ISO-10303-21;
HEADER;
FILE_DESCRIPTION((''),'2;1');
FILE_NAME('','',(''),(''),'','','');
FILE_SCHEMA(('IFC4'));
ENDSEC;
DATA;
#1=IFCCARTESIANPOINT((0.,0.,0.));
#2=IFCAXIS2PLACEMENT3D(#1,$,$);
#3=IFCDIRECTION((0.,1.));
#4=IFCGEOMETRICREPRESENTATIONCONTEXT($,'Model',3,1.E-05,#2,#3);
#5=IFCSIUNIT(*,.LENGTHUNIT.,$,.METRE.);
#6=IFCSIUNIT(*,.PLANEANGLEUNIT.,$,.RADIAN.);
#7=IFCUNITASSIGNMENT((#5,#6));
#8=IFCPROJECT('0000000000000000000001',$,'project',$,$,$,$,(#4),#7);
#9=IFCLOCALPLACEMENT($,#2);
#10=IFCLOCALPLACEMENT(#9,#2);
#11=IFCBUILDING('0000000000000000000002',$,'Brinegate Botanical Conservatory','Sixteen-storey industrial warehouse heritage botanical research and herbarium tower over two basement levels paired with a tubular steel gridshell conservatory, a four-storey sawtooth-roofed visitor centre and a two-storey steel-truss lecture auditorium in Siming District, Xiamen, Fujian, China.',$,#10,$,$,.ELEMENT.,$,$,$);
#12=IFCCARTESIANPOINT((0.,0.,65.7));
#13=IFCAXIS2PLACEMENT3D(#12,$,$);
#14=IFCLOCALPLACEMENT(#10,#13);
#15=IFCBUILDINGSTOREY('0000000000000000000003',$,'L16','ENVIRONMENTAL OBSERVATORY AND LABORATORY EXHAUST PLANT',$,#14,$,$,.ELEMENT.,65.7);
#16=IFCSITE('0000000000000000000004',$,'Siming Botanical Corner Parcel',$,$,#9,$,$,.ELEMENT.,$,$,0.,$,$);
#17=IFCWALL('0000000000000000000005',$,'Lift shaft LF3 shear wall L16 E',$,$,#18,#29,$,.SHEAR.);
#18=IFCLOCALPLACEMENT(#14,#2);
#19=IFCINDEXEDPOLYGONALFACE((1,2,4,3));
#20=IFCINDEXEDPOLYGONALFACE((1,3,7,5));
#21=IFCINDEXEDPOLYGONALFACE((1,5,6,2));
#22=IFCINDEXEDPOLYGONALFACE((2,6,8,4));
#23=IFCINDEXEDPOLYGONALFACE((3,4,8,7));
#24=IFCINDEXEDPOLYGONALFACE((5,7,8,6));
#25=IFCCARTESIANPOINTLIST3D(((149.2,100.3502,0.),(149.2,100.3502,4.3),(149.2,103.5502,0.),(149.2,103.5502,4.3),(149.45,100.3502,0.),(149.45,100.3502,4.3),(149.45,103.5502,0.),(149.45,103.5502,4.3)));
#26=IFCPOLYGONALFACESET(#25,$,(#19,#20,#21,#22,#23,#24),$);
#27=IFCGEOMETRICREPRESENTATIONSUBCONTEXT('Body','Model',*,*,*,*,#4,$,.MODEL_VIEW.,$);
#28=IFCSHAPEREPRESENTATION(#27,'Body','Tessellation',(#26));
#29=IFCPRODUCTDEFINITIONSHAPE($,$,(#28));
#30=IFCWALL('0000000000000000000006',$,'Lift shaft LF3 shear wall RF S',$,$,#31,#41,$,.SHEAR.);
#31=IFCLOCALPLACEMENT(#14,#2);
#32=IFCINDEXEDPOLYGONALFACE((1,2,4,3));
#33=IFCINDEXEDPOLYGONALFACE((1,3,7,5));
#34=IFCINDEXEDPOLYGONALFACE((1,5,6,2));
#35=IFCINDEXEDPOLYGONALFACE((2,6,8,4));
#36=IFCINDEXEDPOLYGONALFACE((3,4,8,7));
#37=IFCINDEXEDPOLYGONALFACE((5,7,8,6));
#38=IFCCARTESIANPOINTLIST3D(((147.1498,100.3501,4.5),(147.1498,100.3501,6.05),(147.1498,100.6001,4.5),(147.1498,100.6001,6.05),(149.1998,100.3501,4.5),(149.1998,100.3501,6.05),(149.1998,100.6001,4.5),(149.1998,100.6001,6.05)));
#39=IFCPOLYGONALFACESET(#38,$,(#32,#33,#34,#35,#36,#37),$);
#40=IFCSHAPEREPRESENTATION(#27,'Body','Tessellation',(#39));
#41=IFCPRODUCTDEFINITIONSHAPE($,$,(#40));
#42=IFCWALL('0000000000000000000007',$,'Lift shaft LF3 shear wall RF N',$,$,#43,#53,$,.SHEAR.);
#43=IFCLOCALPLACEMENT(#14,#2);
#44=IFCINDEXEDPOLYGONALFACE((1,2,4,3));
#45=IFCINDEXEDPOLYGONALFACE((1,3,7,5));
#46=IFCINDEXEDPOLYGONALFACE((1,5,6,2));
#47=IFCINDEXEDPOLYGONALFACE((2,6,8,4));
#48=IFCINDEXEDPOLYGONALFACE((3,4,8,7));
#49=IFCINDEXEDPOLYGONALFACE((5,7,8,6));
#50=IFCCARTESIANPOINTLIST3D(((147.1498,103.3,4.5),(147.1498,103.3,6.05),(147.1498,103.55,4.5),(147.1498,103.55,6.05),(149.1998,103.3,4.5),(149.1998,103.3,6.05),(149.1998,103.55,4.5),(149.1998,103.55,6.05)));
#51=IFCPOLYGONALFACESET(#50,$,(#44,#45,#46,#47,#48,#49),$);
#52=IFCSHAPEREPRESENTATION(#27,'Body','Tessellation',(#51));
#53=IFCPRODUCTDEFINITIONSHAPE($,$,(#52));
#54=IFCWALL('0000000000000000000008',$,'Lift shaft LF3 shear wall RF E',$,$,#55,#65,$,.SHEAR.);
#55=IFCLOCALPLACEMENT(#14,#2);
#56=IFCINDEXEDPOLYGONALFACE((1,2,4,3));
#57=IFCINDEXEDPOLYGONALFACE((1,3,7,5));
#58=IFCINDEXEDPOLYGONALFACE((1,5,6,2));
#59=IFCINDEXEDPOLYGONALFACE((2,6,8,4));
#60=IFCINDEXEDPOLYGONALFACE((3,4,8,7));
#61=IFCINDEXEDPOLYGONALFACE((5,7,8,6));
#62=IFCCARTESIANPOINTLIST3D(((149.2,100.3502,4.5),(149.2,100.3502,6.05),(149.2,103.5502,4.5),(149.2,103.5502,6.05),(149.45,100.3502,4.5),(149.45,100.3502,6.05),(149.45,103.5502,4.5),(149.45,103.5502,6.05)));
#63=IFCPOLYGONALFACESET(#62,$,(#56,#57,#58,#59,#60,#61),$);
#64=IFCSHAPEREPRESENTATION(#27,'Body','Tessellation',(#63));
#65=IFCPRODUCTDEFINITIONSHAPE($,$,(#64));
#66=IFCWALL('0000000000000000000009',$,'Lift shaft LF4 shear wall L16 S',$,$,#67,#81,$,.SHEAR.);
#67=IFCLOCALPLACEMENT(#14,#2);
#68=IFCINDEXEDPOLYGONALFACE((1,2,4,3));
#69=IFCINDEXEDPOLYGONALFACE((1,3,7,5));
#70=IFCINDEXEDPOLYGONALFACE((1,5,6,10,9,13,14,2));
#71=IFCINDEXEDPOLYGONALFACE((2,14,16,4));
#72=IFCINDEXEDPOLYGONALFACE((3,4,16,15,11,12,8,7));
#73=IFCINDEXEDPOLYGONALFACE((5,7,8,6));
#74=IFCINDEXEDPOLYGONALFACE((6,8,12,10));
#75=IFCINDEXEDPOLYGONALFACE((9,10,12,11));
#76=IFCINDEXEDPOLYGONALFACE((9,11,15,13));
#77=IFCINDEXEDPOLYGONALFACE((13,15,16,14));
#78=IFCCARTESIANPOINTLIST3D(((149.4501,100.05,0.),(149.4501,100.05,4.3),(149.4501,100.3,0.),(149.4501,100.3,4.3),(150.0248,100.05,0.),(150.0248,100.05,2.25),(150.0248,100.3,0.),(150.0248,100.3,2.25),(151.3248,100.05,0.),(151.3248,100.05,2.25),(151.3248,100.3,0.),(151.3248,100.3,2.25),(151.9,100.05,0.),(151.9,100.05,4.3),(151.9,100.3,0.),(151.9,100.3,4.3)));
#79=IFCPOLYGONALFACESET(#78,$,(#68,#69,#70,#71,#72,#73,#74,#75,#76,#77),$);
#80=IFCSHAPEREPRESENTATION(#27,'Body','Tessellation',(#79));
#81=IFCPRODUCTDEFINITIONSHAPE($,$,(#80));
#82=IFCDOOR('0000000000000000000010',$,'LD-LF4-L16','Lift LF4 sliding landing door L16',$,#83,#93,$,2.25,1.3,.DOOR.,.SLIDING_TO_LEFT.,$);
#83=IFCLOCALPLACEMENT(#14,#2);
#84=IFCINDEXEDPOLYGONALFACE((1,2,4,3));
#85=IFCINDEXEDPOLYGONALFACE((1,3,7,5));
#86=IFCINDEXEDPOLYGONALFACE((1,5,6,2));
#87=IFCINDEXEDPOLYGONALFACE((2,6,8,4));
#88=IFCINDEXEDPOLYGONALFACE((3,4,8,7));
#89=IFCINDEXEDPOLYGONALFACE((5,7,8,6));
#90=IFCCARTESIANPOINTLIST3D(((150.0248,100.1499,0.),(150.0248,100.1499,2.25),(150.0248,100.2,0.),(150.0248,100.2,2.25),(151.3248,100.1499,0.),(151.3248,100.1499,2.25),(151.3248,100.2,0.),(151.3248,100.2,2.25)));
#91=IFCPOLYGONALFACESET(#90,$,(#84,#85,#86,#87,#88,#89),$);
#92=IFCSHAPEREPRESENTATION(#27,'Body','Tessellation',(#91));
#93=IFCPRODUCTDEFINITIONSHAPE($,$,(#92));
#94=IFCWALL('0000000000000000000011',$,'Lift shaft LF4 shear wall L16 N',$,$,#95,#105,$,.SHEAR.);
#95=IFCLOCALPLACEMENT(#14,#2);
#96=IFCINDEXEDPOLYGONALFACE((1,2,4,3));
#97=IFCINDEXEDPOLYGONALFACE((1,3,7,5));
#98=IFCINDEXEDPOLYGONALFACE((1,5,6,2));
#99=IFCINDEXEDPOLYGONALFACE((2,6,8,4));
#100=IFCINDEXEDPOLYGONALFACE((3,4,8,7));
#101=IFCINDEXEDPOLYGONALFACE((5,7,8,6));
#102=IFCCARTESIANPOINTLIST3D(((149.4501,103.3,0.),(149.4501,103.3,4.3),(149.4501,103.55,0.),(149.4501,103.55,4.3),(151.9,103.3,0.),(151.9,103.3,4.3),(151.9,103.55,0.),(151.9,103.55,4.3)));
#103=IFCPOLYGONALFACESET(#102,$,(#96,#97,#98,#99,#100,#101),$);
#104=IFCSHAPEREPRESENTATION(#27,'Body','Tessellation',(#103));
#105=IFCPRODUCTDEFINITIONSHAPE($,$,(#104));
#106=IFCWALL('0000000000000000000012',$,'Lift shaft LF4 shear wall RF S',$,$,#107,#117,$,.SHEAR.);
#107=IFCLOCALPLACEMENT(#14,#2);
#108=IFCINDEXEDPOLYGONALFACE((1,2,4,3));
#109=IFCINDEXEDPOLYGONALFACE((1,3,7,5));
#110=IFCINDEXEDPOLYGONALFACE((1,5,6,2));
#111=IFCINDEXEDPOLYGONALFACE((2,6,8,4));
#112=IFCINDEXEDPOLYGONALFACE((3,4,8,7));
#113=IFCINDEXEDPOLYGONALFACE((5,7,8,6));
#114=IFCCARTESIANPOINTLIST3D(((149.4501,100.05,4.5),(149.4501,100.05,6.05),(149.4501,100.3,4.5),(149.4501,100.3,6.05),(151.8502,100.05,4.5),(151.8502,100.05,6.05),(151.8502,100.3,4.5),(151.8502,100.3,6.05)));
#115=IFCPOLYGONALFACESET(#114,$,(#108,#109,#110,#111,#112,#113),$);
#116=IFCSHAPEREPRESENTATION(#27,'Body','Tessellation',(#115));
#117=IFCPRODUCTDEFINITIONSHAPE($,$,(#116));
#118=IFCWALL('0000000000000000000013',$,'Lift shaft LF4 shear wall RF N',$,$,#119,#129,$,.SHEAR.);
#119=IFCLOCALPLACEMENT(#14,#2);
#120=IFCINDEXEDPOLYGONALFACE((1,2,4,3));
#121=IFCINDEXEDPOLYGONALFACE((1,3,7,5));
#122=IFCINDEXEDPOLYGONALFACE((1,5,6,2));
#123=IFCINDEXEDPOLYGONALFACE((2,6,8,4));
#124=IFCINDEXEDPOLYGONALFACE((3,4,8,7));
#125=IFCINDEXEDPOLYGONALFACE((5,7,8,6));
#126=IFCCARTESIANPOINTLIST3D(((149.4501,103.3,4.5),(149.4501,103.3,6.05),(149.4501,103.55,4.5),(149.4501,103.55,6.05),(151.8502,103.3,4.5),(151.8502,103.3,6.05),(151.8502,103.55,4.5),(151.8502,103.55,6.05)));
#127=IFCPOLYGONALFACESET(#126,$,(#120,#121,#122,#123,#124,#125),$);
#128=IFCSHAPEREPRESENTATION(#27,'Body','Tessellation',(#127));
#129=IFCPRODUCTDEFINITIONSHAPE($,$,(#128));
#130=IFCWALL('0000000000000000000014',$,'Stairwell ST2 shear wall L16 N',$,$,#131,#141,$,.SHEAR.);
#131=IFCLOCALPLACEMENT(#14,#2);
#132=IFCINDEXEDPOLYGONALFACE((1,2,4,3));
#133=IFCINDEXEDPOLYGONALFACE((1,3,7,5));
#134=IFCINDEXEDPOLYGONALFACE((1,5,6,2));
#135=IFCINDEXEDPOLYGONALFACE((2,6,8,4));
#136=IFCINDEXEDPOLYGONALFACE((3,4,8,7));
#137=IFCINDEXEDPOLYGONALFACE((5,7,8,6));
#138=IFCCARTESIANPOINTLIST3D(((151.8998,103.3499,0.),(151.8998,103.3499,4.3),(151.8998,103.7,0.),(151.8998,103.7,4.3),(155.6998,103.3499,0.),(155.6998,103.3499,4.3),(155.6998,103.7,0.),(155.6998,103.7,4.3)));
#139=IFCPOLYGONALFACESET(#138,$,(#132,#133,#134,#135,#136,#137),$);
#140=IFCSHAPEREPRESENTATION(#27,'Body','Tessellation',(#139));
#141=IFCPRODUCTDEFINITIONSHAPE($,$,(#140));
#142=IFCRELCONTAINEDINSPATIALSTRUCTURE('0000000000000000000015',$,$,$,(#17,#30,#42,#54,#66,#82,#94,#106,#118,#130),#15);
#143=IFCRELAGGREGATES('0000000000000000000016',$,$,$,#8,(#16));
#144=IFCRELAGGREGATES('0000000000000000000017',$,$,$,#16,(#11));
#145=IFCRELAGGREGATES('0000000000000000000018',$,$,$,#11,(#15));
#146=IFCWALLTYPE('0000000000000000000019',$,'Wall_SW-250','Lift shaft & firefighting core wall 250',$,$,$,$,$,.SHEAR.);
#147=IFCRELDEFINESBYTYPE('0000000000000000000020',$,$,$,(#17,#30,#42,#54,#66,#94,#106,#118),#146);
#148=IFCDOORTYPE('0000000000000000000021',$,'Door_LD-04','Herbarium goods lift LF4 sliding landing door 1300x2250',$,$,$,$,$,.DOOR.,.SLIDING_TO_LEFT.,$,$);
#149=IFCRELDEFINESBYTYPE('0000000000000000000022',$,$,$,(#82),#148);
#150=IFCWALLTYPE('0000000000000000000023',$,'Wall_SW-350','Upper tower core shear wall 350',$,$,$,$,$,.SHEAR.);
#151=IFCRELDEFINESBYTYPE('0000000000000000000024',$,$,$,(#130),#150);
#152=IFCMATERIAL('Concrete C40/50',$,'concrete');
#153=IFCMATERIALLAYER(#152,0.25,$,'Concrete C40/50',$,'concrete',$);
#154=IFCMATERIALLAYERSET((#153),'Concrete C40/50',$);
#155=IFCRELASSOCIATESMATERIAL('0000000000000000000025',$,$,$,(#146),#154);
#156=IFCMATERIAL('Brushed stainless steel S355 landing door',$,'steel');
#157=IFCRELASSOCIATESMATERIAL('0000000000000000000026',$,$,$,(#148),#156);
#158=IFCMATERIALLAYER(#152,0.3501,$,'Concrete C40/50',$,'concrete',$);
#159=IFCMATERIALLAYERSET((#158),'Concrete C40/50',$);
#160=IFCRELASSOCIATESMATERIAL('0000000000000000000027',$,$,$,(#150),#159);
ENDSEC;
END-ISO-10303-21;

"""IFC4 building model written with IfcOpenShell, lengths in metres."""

from ifc_helpers import new_model, si_unit, direction, frame, frame_2d, origin, place, context, subcontext, project, spatial, rectangle, extrude, material, layer, layer_set, type_object, element, fill, save


model = new_model("IFC4")

# Units and contexts
model_context = context("Model", 3, precision=1e-05, world=origin(), true_north=direction((0.0, 1.0)))
body_context = subcontext(model_context, "Body", "Model", "MODEL_VIEW")
ifc_project = project(units=[si_unit("LENGTHUNIT", "METRE"), si_unit("PLANEANGLEUNIT", "RADIAN")], contexts=[model_context])

# Site, building, storey
site_placement = place(None, origin())
site = spatial("IfcSite", under=ifc_project, at=site_placement, Name="Siming Botanical Corner Parcel", CompositionType="ELEMENT", RefElevation=0.0)
building_placement = place(site_placement, origin())
building = spatial("IfcBuilding", under=site, at=building_placement, Name="Brinegate Botanical Conservatory", Description="Sixteen-storey industrial warehouse heritage botanical research and herbarium tower over two basement levels paired with a tubular steel gridshell conservatory, a four-storey sawtooth-roofed visitor centre and a two-storey steel-truss lecture auditorium in Siming District, Xiamen, Fujian, China.", CompositionType="ELEMENT")
storey_placement = place(building_placement, frame((0.0, 0.0, 65.7)))
storey = spatial("IfcBuildingStorey", under=building, at=storey_placement, Name="L16", Description="ENVIRONMENTAL OBSERVATORY AND LABORATORY EXHAUST PLANT", CompositionType="ELEMENT", Elevation=65.7)

# Shared definitions
ifc_material_1 = material(Name="Concrete C40/50", Category="concrete")

# Shared definitions
ifc_layer_1 = layer(ifc_material_1, 0.25, Name="Concrete C40/50", Category="concrete")
ifc_layer_set_1 = layer_set([ifc_layer_1], Name="Concrete C40/50")
wall_type_1 = type_object("IfcWallType", Name="Wall_SW-250", Description="Lift shaft & firefighting core wall 250", PredefinedType="SHEAR", material=ifc_layer_set_1)

# Shared definitions
ifc_material_2 = material(Name="Brushed stainless steel S355 landing door", Category="steel")

# Walls
wall_1_placement = place(storey_placement, frame((149.325, 100.3501, 0.0), z_axis=(0.0, 0.0, 1.0), x_axis=(0.0, 1.0, 0.0)))
element("IfcWall", 1, at=wall_1_placement, inside=storey, type_object=wall_type_1, Name="Lift shaft LF3 shear wall L16 E", PredefinedType="SHEAR", context=body_context, shape_type="SweptSolid", body=[
    extrude(rectangle(XDim=3.2, YDim=0.25, at=frame_2d((1.6001, 0.0))), origin(), (0.0, 0.0, 1.0), 4.3),
])
for number, where, z_axis, x_axis, name in (
    (2, (147.1499, 100.4751, 4.5), (0.0, 0.0, 1.0), (1.0, 0.0, 0.0), "Lift shaft LF3 shear wall RF S"),
    (3, (147.1499, 103.425, 4.5), (0.0, 0.0, 1.0), (1.0, 0.0, 0.0), "Lift shaft LF3 shear wall RF N"),
):
    element("IfcWall", number, at=place(storey_placement, frame(where, z_axis=z_axis, x_axis=x_axis)), inside=storey, type_object=wall_type_1, Name=name, PredefinedType="SHEAR", context=body_context, shape_type="SweptSolid", body=[
        extrude(rectangle(XDim=2.05, YDim=0.25, at=frame_2d((1.0249, 0.0))), origin(), (0.0, 0.0, 1.0), 1.55),
    ])
wall_2_placement = place(storey_placement, frame((149.325, 100.3501, 4.5), z_axis=(0.0, 0.0, 1.0), x_axis=(0.0, 1.0, 0.0)))
element("IfcWall", 4, at=wall_2_placement, inside=storey, type_object=wall_type_1, Name="Lift shaft LF3 shear wall RF E", PredefinedType="SHEAR", context=body_context, shape_type="SweptSolid", body=[
    extrude(rectangle(XDim=3.2, YDim=0.25, at=frame_2d((1.6001, 0.0))), origin(), (0.0, 0.0, 1.0), 1.55),
])

# Wall, opening, door
wall_3_placement = place(storey_placement, frame((149.45, 100.175, 0.0), z_axis=(0.0, 0.0, 1.0), x_axis=(1.0, 0.0, 0.0)))
wall_3 = element("IfcWall", 5, at=wall_3_placement, inside=storey, type_object=wall_type_1, Name="Lift shaft LF4 shear wall L16 S", PredefinedType="SHEAR", context=body_context, shape_type="SweptSolid", body=[
    extrude(rectangle(XDim=2.45, YDim=0.25, at=frame_2d((1.2251, 0.0))), origin(), (0.0, 0.0, 1.0), 4.3),
])
opening_1_placement = place(wall_3_placement, frame((0.575, 0.0, 0.0)))
opening_1 = element("IfcOpeningElement", 6, at=opening_1_placement, cuts=wall_3, PredefinedType="OPENING", context=body_context, shape_type="SweptSolid", body=[
    extrude(rectangle(XDim=1.3, YDim=2.25, at=frame_2d((0.6499, 1.125))), frame((0.0, 0.135, 0.0), z_axis=(0.0, -1.0, 0.0), x_axis=(1.0, 0.0, 0.0)), (0.0, 0.0, 1.0), 0.27),
])
door_type_1 = type_object("IfcDoorType", Name="Door_LD-04", Description="Herbarium goods lift LF4 sliding landing door 1300x2250", OperationType="SLIDING_TO_LEFT", PredefinedType="DOOR", material=ifc_material_2)
door_1_placement = place(opening_1_placement, origin())
door_1 = element("IfcDoor", 7, at=door_1_placement, inside=storey, type_object=door_type_1, Name="LD-LF4-L16", Description="Lift LF4 sliding landing door L16", OperationType="SLIDING_TO_LEFT", OverallHeight=2.25, OverallWidth=1.3, PredefinedType="DOOR", context=body_context, shape_type="SweptSolid", body=[
    extrude(rectangle(XDim=1.3, YDim=2.25, at=frame_2d((0.6499, 1.125))), frame((0.0, 0.0249, 0.0), z_axis=(0.0, -1.0, 0.0), x_axis=(1.0, 0.0, 0.0)), (0.0, 0.0, 1.0), 0.05),
])
fill(opening_1, door_1)

# Walls
wall_4_placement = place(storey_placement, frame((149.45, 103.425, 0.0), z_axis=(0.0, 0.0, 1.0), x_axis=(1.0, 0.0, 0.0)))
element("IfcWall", 8, at=wall_4_placement, inside=storey, type_object=wall_type_1, Name="Lift shaft LF4 shear wall L16 N", PredefinedType="SHEAR", context=body_context, shape_type="SweptSolid", body=[
    extrude(rectangle(XDim=2.45, YDim=0.25, at=frame_2d((1.2251, 0.0))), origin(), (0.0, 0.0, 1.0), 4.3),
])
for number, where, z_axis, x_axis, name in (
    (9, (149.45, 100.175, 4.5), (0.0, 0.0, 1.0), (1.0, 0.0, 0.0), "Lift shaft LF4 shear wall RF S"),
    (10, (149.45, 103.425, 4.5), (0.0, 0.0, 1.0), (1.0, 0.0, 0.0), "Lift shaft LF4 shear wall RF N"),
):
    element("IfcWall", number, at=place(storey_placement, frame(where, z_axis=z_axis, x_axis=x_axis)), inside=storey, type_object=wall_type_1, Name=name, PredefinedType="SHEAR", context=body_context, shape_type="SweptSolid", body=[
        extrude(rectangle(XDim=2.4001, YDim=0.25, at=frame_2d((1.2002, 0.0))), origin(), (0.0, 0.0, 1.0), 1.55),
    ])
ifc_layer_2 = layer(ifc_material_1, 0.3501, Name="Concrete C40/50", Category="concrete")
ifc_layer_set_2 = layer_set([ifc_layer_2], Name="Concrete C40/50")
wall_type_2 = type_object("IfcWallType", Name="Wall_SW-350", Description="Upper tower core shear wall 350", PredefinedType="SHEAR", material=ifc_layer_set_2)
wall_5_placement = place(storey_placement, frame((151.8999, 103.5249, 0.0), z_axis=(0.0, 0.0, 1.0), x_axis=(1.0, 0.0, 0.0)))
element("IfcWall", 11, at=wall_5_placement, inside=storey, type_object=wall_type_2, Name="Stairwell ST2 shear wall L16 N", PredefinedType="SHEAR", context=body_context, shape_type="SweptSolid", body=[
    extrude(rectangle(XDim=3.8, YDim=0.3501, at=frame_2d((1.8999, 0.0))), origin(), (0.0, 0.0, 1.0), 4.3),
])

save(model, "model.ifc")
